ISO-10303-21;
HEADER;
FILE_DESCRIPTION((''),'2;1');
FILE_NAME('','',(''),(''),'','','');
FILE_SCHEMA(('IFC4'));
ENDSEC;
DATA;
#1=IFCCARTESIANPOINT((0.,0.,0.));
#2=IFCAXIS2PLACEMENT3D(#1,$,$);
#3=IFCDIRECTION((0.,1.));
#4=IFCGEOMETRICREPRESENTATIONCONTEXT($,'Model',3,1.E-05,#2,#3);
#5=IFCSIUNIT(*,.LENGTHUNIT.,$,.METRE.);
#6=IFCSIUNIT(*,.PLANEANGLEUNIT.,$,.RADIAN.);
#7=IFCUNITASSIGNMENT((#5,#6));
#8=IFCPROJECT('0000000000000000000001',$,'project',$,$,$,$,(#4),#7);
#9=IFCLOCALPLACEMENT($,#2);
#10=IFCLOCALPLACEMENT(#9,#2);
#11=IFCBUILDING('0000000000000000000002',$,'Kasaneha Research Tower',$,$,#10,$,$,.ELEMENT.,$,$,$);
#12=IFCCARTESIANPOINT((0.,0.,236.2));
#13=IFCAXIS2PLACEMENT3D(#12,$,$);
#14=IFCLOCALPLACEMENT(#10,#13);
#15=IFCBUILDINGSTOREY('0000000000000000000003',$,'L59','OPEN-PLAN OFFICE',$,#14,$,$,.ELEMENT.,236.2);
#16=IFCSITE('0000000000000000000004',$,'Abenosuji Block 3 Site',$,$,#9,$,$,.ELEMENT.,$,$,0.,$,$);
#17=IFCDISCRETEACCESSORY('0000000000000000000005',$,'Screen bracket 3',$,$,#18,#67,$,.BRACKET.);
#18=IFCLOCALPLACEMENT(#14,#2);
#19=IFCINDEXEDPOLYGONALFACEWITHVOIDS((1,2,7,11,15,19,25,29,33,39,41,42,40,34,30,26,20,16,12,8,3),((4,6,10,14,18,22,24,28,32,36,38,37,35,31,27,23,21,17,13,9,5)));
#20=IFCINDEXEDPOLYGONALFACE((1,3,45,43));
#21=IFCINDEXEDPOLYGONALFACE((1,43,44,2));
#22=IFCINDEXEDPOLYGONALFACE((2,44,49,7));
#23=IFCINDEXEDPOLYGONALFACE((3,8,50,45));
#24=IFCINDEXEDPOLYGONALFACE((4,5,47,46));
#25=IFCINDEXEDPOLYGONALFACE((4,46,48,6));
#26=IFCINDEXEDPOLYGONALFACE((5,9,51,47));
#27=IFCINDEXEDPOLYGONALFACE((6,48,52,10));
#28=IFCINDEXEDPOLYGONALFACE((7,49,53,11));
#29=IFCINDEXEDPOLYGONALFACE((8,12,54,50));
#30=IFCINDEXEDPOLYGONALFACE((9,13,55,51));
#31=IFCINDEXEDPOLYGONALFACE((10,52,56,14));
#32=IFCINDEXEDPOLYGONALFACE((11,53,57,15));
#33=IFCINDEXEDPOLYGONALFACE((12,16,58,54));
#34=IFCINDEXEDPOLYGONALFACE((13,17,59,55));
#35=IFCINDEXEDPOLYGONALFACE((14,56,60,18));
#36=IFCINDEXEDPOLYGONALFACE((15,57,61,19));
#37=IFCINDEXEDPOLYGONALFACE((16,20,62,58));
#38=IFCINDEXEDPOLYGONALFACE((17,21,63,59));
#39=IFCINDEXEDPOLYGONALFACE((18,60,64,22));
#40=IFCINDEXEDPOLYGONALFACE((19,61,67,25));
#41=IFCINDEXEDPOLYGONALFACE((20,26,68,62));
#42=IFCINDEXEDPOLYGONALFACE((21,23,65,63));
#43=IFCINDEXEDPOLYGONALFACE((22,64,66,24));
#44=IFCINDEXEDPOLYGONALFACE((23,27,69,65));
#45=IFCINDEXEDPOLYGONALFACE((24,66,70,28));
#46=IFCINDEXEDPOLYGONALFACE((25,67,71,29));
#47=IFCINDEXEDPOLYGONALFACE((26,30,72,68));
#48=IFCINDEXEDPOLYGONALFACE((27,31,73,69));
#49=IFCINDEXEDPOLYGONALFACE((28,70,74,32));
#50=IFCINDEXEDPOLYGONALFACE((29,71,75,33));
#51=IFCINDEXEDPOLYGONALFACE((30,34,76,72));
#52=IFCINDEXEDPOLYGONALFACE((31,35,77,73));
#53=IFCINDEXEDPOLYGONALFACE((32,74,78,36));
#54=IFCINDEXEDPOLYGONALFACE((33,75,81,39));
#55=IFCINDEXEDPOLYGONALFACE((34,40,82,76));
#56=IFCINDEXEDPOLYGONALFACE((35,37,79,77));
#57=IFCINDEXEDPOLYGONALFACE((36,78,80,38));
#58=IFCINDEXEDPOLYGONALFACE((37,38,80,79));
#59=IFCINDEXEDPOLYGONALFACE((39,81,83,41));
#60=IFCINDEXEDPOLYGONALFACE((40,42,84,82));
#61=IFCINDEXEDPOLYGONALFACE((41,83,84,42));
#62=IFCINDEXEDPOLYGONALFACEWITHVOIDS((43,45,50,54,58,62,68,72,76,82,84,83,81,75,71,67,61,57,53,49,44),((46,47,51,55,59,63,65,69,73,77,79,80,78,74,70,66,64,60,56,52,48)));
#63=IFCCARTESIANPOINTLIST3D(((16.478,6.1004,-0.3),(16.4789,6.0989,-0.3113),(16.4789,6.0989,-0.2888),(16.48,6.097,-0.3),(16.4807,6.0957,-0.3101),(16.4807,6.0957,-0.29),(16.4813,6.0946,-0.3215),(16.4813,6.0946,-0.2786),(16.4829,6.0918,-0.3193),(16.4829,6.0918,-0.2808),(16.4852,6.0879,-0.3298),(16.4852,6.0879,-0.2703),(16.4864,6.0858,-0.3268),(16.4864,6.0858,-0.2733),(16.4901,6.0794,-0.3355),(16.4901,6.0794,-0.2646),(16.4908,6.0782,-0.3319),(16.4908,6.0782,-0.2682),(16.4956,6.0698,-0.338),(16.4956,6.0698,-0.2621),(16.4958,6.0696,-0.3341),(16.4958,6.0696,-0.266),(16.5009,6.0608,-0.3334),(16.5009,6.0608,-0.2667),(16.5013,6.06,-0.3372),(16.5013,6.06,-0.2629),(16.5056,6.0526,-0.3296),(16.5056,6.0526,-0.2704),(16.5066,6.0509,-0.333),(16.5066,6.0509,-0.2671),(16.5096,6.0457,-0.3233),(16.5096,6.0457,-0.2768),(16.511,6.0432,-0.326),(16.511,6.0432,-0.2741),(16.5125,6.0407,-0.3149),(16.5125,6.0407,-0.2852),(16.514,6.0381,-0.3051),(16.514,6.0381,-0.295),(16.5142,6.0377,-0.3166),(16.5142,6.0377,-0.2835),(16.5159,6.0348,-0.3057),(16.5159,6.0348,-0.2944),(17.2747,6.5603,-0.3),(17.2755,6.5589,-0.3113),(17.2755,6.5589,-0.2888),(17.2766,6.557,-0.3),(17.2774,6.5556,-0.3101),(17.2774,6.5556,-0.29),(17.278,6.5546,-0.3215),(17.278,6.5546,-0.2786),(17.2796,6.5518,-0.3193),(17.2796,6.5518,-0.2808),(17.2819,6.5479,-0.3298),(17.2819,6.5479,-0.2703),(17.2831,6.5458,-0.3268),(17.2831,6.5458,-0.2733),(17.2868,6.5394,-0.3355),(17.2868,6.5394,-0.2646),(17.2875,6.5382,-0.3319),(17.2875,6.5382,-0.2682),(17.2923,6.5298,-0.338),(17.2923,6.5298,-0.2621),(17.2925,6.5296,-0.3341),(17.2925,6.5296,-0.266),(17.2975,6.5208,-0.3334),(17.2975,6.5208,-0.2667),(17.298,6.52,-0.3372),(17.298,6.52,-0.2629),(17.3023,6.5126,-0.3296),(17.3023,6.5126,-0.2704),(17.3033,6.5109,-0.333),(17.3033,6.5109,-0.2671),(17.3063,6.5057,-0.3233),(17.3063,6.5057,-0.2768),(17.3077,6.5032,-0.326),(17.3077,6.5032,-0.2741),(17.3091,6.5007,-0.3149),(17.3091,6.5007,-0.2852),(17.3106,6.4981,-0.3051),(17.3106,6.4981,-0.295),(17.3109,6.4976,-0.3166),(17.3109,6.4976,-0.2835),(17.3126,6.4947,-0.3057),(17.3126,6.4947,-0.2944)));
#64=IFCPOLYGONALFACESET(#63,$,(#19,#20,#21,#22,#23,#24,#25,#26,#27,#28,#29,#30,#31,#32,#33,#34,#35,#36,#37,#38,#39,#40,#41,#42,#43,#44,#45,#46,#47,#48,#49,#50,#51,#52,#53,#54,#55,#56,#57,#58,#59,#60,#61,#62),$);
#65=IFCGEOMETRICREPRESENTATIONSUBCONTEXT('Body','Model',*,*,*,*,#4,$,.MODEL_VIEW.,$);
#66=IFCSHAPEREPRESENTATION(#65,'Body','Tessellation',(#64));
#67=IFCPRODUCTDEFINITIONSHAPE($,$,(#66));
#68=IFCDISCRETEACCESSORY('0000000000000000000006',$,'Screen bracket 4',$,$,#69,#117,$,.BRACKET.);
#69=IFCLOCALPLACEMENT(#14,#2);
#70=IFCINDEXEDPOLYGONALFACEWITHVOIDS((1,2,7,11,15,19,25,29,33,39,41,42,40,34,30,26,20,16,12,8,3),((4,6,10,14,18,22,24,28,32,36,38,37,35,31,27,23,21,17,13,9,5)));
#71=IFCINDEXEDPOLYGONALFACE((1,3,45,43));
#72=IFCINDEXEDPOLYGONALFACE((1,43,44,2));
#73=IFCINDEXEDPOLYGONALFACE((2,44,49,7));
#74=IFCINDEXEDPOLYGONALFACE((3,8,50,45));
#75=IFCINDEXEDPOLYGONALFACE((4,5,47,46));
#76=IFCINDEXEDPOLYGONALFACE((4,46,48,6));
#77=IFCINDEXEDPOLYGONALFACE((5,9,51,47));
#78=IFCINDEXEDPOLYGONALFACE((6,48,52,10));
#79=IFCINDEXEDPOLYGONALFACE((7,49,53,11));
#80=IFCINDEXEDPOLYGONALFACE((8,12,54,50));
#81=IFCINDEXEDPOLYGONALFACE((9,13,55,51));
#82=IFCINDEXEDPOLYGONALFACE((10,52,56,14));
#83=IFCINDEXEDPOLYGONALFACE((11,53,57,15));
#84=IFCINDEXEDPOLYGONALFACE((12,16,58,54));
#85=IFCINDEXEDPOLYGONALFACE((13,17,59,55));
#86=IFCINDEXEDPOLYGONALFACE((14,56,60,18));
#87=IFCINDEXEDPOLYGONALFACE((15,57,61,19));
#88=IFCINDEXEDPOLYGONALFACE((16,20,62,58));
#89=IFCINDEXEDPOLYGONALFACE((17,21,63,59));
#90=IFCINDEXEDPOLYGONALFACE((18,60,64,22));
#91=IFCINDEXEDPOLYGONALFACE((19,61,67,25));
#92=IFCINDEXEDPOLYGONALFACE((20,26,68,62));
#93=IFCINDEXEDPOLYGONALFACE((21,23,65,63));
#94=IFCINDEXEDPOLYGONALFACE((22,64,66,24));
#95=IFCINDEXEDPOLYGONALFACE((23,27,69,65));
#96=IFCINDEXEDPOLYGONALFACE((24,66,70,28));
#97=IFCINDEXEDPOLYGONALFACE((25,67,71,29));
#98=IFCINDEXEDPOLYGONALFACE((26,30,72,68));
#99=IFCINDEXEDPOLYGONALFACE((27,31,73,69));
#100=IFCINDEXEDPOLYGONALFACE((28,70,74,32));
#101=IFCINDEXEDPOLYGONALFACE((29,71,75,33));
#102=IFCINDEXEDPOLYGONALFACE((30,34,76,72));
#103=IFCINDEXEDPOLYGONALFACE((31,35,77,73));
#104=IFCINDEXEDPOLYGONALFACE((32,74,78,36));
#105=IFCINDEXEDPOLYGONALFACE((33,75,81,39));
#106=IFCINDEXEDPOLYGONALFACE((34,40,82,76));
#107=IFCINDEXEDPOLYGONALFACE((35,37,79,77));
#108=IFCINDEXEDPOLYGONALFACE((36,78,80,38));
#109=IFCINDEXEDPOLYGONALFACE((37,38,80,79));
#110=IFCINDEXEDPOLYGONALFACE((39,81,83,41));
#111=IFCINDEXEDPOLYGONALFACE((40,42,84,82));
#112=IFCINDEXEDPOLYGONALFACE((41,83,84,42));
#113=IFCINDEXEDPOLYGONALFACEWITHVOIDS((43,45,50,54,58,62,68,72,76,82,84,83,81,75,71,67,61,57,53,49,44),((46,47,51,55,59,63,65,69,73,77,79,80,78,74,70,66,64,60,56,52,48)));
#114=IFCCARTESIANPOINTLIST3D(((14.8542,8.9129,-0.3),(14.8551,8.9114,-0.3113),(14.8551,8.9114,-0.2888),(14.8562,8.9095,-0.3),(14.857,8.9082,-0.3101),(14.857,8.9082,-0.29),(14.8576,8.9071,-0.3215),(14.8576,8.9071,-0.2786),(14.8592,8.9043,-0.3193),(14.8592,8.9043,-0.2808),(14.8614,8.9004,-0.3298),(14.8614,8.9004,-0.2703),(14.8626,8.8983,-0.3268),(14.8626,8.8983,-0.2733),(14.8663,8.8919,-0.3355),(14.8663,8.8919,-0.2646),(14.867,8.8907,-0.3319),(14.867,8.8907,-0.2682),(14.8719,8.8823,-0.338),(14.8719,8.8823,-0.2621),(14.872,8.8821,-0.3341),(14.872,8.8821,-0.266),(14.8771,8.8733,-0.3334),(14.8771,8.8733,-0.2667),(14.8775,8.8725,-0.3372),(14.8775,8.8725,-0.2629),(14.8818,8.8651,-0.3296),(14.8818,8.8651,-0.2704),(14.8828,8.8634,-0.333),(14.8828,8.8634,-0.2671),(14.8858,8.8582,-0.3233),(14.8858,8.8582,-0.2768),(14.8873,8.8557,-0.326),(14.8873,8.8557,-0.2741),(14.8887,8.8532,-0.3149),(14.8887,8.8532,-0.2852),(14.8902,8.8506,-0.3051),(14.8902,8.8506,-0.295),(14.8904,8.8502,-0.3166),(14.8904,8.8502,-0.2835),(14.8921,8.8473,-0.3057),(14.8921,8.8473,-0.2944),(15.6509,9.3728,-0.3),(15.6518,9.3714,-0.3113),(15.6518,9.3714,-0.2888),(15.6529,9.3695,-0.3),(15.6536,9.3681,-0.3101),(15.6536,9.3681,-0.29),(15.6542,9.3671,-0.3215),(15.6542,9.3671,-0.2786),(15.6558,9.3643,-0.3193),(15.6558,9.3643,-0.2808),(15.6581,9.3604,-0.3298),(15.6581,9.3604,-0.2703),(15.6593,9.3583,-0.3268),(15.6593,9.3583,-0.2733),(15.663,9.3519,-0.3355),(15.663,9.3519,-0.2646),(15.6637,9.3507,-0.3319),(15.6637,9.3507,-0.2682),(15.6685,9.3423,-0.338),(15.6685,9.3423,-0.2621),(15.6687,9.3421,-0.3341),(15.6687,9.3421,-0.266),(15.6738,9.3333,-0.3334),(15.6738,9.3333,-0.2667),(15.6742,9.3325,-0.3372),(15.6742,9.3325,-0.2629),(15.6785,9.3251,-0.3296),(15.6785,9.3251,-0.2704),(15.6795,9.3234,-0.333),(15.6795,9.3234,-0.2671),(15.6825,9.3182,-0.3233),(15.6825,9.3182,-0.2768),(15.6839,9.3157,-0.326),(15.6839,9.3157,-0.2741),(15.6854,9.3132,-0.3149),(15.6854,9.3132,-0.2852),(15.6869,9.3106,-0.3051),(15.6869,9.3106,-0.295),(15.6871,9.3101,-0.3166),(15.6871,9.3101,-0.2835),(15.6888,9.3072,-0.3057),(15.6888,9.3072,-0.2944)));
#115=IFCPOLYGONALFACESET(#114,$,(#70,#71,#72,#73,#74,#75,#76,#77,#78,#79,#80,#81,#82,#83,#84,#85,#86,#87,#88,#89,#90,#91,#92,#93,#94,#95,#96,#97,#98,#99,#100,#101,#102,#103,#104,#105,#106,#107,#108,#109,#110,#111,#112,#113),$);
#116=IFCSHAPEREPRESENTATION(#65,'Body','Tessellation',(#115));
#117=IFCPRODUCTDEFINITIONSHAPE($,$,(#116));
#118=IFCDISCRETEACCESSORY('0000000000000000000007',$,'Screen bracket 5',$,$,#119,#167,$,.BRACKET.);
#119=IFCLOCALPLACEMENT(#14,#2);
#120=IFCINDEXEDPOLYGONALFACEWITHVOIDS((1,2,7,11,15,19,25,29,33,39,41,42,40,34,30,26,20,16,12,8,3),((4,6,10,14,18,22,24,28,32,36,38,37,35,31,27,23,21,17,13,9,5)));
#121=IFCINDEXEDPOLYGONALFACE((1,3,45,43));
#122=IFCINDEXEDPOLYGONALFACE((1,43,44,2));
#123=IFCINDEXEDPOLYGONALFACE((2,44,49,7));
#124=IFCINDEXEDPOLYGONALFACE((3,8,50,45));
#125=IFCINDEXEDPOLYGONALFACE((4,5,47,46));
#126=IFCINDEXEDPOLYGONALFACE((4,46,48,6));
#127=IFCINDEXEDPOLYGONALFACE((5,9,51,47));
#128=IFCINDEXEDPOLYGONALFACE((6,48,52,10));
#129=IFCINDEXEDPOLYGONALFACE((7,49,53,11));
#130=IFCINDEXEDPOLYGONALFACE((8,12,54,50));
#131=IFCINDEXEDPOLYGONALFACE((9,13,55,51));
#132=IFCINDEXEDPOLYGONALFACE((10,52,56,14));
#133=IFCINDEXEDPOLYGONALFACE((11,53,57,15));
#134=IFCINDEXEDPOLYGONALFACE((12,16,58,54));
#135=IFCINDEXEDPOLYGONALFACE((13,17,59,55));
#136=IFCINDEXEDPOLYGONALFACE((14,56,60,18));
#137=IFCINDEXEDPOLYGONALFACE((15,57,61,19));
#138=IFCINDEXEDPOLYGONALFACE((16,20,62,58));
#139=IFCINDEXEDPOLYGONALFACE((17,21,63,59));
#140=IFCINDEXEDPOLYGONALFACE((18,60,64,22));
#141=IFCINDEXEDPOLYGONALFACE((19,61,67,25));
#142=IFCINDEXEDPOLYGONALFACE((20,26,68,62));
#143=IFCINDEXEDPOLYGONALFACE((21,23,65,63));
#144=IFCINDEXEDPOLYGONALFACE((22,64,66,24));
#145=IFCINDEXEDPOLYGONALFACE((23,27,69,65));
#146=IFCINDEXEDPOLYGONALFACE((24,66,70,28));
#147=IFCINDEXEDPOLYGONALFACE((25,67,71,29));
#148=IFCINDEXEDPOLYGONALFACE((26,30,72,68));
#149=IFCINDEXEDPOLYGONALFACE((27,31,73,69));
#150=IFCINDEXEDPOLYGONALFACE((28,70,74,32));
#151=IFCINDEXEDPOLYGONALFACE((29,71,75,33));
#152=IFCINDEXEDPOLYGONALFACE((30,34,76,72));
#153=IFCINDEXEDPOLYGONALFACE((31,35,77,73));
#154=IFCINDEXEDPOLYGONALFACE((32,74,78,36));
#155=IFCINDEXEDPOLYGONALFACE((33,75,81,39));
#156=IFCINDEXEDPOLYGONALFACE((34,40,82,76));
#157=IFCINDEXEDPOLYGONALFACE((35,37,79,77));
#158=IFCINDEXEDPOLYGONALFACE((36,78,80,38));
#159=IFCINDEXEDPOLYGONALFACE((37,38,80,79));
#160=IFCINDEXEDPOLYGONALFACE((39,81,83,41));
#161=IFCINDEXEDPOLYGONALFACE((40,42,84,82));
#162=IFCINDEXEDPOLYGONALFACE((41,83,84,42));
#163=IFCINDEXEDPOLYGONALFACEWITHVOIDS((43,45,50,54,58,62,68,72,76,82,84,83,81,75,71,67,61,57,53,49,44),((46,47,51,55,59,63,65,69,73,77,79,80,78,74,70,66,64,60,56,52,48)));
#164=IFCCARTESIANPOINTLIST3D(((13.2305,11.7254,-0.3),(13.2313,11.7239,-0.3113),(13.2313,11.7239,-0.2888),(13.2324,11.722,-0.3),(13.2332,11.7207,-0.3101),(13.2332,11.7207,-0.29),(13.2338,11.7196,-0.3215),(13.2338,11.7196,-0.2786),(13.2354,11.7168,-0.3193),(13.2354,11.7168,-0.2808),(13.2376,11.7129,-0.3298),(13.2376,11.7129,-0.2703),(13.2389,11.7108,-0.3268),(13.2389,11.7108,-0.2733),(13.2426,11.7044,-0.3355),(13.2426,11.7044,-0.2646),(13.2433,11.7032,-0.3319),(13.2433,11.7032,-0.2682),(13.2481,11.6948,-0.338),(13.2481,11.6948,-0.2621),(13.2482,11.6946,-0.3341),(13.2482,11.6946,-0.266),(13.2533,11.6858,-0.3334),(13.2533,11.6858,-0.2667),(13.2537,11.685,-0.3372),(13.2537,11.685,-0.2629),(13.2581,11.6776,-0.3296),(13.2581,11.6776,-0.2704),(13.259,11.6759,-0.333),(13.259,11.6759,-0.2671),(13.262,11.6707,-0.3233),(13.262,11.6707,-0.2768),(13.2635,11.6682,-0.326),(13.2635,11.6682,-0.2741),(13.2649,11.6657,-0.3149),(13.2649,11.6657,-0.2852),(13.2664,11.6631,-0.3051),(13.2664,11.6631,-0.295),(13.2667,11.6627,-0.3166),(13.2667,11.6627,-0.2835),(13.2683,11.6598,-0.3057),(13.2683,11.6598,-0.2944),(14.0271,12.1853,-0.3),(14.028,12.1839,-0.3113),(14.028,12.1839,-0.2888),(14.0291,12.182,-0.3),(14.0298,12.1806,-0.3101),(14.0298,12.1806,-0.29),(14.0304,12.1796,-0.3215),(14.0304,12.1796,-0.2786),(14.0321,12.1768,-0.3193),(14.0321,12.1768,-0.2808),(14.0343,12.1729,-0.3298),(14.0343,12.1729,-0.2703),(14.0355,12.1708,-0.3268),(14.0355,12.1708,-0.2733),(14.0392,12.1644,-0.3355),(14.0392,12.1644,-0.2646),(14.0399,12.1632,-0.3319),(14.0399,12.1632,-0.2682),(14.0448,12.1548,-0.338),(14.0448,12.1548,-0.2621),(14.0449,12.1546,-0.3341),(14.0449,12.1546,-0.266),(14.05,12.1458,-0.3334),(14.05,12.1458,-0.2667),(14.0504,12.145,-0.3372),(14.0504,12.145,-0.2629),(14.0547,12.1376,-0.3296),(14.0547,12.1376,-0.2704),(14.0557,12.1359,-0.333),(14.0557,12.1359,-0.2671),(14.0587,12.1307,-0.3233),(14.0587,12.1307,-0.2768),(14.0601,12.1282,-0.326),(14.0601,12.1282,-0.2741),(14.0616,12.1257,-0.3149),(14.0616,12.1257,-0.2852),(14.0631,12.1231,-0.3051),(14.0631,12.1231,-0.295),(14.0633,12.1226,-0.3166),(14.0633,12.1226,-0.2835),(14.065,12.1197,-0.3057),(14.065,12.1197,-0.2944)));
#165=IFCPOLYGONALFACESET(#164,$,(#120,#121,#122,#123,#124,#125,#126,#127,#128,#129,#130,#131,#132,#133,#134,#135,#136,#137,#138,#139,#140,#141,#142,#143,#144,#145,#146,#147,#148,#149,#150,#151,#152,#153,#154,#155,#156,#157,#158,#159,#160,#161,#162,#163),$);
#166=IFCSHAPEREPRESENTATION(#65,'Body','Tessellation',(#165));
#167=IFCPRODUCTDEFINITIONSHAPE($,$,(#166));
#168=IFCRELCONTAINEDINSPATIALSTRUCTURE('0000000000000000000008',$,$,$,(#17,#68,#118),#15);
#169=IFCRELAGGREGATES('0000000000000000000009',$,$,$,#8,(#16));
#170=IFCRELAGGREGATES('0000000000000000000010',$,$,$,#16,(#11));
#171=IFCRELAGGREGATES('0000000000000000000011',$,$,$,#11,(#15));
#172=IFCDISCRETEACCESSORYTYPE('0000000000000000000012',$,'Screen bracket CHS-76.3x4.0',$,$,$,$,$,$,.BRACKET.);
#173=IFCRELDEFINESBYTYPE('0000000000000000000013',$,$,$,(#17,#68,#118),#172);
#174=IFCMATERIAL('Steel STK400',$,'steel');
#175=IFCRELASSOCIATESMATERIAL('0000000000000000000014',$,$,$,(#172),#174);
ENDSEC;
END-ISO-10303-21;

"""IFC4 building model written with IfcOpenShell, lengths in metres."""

from ifc_helpers import new_model, si_unit, direction, frame, origin, origin_2d, place, context, subcontext, project, spatial, hollow_circle, extrude, material, material_profile, profile_set, type_object, element, save


model = new_model("IFC4")

# Units and contexts
model_context = context("Model", 3, precision=1e-05, world=origin(), true_north=direction((0.0, 1.0)))
body_context = subcontext(model_context, "Body", "Model", "MODEL_VIEW")
ifc_project = project(units=[si_unit("LENGTHUNIT", "METRE"), si_unit("PLANEANGLEUNIT", "RADIAN")], contexts=[model_context])

# Site, building, storey
site_placement = place(None, origin())
site = spatial("IfcSite", under=ifc_project, at=site_placement, Name="Abenosuji Block 3 Site", CompositionType="ELEMENT", RefElevation=0.0)
building_placement = place(site_placement, origin())
building = spatial("IfcBuilding", under=site, at=building_placement, Name="Kasaneha Research Tower", CompositionType="ELEMENT")
storey_placement = place(building_placement, frame((0.0, 0.0, 236.2)))
storey = spatial("IfcBuildingStorey", under=building, at=storey_placement, Name="L59", Description="OPEN-PLAN OFFICE", CompositionType="ELEMENT", Elevation=236.2)

# Discrete accessories
ifc_material_1 = material(Name="Steel STK400", Category="steel")
ifc_material_profile_1 = material_profile(ifc_material_1, hollow_circle(Radius=0.0381, WallThickness=0.0039, at=origin_2d()), Name="CHS-76.3x4.0")
ifc_profile_set_1 = profile_set([ifc_material_profile_1], Name="Steel STK400")
discrete_accessory_type = type_object("IfcDiscreteAccessoryType", Name="Screen bracket CHS-76.3x4.0", PredefinedType="BRACKET", material=ifc_profile_set_1)
for number, where, z_axis, x_axis, name in (
    (1, (16.4971, 6.0674, -0.3), (0.866013, 0.500021, 0.0), (-0.500021, 0.866013, 0.0), "Screen bracket 3"),
    (2, (14.8733, 8.8799, -0.3), (0.866013, 0.500021, 0.0), (-0.500021, 0.866013, 0.0), "Screen bracket 4"),
    (3, (13.2495, 11.6924, -0.3), (0.866013, 0.500021, 0.0), (-0.500021, 0.866013, 0.0), "Screen bracket 5"),
):
    element("IfcDiscreteAccessory", number, at=place(storey_placement, frame(where, z_axis=z_axis, x_axis=x_axis)), inside=storey, type_object=discrete_accessory_type, Name=name, PredefinedType="BRACKET", context=body_context, shape_type="SweptSolid", body=[
        extrude(hollow_circle(Radius=0.0381, WallThickness=0.0039, at=origin_2d()), origin(), (0.0, 0.0, 1.0), 0.9199),
    ])

save(model, "model.ifc")
